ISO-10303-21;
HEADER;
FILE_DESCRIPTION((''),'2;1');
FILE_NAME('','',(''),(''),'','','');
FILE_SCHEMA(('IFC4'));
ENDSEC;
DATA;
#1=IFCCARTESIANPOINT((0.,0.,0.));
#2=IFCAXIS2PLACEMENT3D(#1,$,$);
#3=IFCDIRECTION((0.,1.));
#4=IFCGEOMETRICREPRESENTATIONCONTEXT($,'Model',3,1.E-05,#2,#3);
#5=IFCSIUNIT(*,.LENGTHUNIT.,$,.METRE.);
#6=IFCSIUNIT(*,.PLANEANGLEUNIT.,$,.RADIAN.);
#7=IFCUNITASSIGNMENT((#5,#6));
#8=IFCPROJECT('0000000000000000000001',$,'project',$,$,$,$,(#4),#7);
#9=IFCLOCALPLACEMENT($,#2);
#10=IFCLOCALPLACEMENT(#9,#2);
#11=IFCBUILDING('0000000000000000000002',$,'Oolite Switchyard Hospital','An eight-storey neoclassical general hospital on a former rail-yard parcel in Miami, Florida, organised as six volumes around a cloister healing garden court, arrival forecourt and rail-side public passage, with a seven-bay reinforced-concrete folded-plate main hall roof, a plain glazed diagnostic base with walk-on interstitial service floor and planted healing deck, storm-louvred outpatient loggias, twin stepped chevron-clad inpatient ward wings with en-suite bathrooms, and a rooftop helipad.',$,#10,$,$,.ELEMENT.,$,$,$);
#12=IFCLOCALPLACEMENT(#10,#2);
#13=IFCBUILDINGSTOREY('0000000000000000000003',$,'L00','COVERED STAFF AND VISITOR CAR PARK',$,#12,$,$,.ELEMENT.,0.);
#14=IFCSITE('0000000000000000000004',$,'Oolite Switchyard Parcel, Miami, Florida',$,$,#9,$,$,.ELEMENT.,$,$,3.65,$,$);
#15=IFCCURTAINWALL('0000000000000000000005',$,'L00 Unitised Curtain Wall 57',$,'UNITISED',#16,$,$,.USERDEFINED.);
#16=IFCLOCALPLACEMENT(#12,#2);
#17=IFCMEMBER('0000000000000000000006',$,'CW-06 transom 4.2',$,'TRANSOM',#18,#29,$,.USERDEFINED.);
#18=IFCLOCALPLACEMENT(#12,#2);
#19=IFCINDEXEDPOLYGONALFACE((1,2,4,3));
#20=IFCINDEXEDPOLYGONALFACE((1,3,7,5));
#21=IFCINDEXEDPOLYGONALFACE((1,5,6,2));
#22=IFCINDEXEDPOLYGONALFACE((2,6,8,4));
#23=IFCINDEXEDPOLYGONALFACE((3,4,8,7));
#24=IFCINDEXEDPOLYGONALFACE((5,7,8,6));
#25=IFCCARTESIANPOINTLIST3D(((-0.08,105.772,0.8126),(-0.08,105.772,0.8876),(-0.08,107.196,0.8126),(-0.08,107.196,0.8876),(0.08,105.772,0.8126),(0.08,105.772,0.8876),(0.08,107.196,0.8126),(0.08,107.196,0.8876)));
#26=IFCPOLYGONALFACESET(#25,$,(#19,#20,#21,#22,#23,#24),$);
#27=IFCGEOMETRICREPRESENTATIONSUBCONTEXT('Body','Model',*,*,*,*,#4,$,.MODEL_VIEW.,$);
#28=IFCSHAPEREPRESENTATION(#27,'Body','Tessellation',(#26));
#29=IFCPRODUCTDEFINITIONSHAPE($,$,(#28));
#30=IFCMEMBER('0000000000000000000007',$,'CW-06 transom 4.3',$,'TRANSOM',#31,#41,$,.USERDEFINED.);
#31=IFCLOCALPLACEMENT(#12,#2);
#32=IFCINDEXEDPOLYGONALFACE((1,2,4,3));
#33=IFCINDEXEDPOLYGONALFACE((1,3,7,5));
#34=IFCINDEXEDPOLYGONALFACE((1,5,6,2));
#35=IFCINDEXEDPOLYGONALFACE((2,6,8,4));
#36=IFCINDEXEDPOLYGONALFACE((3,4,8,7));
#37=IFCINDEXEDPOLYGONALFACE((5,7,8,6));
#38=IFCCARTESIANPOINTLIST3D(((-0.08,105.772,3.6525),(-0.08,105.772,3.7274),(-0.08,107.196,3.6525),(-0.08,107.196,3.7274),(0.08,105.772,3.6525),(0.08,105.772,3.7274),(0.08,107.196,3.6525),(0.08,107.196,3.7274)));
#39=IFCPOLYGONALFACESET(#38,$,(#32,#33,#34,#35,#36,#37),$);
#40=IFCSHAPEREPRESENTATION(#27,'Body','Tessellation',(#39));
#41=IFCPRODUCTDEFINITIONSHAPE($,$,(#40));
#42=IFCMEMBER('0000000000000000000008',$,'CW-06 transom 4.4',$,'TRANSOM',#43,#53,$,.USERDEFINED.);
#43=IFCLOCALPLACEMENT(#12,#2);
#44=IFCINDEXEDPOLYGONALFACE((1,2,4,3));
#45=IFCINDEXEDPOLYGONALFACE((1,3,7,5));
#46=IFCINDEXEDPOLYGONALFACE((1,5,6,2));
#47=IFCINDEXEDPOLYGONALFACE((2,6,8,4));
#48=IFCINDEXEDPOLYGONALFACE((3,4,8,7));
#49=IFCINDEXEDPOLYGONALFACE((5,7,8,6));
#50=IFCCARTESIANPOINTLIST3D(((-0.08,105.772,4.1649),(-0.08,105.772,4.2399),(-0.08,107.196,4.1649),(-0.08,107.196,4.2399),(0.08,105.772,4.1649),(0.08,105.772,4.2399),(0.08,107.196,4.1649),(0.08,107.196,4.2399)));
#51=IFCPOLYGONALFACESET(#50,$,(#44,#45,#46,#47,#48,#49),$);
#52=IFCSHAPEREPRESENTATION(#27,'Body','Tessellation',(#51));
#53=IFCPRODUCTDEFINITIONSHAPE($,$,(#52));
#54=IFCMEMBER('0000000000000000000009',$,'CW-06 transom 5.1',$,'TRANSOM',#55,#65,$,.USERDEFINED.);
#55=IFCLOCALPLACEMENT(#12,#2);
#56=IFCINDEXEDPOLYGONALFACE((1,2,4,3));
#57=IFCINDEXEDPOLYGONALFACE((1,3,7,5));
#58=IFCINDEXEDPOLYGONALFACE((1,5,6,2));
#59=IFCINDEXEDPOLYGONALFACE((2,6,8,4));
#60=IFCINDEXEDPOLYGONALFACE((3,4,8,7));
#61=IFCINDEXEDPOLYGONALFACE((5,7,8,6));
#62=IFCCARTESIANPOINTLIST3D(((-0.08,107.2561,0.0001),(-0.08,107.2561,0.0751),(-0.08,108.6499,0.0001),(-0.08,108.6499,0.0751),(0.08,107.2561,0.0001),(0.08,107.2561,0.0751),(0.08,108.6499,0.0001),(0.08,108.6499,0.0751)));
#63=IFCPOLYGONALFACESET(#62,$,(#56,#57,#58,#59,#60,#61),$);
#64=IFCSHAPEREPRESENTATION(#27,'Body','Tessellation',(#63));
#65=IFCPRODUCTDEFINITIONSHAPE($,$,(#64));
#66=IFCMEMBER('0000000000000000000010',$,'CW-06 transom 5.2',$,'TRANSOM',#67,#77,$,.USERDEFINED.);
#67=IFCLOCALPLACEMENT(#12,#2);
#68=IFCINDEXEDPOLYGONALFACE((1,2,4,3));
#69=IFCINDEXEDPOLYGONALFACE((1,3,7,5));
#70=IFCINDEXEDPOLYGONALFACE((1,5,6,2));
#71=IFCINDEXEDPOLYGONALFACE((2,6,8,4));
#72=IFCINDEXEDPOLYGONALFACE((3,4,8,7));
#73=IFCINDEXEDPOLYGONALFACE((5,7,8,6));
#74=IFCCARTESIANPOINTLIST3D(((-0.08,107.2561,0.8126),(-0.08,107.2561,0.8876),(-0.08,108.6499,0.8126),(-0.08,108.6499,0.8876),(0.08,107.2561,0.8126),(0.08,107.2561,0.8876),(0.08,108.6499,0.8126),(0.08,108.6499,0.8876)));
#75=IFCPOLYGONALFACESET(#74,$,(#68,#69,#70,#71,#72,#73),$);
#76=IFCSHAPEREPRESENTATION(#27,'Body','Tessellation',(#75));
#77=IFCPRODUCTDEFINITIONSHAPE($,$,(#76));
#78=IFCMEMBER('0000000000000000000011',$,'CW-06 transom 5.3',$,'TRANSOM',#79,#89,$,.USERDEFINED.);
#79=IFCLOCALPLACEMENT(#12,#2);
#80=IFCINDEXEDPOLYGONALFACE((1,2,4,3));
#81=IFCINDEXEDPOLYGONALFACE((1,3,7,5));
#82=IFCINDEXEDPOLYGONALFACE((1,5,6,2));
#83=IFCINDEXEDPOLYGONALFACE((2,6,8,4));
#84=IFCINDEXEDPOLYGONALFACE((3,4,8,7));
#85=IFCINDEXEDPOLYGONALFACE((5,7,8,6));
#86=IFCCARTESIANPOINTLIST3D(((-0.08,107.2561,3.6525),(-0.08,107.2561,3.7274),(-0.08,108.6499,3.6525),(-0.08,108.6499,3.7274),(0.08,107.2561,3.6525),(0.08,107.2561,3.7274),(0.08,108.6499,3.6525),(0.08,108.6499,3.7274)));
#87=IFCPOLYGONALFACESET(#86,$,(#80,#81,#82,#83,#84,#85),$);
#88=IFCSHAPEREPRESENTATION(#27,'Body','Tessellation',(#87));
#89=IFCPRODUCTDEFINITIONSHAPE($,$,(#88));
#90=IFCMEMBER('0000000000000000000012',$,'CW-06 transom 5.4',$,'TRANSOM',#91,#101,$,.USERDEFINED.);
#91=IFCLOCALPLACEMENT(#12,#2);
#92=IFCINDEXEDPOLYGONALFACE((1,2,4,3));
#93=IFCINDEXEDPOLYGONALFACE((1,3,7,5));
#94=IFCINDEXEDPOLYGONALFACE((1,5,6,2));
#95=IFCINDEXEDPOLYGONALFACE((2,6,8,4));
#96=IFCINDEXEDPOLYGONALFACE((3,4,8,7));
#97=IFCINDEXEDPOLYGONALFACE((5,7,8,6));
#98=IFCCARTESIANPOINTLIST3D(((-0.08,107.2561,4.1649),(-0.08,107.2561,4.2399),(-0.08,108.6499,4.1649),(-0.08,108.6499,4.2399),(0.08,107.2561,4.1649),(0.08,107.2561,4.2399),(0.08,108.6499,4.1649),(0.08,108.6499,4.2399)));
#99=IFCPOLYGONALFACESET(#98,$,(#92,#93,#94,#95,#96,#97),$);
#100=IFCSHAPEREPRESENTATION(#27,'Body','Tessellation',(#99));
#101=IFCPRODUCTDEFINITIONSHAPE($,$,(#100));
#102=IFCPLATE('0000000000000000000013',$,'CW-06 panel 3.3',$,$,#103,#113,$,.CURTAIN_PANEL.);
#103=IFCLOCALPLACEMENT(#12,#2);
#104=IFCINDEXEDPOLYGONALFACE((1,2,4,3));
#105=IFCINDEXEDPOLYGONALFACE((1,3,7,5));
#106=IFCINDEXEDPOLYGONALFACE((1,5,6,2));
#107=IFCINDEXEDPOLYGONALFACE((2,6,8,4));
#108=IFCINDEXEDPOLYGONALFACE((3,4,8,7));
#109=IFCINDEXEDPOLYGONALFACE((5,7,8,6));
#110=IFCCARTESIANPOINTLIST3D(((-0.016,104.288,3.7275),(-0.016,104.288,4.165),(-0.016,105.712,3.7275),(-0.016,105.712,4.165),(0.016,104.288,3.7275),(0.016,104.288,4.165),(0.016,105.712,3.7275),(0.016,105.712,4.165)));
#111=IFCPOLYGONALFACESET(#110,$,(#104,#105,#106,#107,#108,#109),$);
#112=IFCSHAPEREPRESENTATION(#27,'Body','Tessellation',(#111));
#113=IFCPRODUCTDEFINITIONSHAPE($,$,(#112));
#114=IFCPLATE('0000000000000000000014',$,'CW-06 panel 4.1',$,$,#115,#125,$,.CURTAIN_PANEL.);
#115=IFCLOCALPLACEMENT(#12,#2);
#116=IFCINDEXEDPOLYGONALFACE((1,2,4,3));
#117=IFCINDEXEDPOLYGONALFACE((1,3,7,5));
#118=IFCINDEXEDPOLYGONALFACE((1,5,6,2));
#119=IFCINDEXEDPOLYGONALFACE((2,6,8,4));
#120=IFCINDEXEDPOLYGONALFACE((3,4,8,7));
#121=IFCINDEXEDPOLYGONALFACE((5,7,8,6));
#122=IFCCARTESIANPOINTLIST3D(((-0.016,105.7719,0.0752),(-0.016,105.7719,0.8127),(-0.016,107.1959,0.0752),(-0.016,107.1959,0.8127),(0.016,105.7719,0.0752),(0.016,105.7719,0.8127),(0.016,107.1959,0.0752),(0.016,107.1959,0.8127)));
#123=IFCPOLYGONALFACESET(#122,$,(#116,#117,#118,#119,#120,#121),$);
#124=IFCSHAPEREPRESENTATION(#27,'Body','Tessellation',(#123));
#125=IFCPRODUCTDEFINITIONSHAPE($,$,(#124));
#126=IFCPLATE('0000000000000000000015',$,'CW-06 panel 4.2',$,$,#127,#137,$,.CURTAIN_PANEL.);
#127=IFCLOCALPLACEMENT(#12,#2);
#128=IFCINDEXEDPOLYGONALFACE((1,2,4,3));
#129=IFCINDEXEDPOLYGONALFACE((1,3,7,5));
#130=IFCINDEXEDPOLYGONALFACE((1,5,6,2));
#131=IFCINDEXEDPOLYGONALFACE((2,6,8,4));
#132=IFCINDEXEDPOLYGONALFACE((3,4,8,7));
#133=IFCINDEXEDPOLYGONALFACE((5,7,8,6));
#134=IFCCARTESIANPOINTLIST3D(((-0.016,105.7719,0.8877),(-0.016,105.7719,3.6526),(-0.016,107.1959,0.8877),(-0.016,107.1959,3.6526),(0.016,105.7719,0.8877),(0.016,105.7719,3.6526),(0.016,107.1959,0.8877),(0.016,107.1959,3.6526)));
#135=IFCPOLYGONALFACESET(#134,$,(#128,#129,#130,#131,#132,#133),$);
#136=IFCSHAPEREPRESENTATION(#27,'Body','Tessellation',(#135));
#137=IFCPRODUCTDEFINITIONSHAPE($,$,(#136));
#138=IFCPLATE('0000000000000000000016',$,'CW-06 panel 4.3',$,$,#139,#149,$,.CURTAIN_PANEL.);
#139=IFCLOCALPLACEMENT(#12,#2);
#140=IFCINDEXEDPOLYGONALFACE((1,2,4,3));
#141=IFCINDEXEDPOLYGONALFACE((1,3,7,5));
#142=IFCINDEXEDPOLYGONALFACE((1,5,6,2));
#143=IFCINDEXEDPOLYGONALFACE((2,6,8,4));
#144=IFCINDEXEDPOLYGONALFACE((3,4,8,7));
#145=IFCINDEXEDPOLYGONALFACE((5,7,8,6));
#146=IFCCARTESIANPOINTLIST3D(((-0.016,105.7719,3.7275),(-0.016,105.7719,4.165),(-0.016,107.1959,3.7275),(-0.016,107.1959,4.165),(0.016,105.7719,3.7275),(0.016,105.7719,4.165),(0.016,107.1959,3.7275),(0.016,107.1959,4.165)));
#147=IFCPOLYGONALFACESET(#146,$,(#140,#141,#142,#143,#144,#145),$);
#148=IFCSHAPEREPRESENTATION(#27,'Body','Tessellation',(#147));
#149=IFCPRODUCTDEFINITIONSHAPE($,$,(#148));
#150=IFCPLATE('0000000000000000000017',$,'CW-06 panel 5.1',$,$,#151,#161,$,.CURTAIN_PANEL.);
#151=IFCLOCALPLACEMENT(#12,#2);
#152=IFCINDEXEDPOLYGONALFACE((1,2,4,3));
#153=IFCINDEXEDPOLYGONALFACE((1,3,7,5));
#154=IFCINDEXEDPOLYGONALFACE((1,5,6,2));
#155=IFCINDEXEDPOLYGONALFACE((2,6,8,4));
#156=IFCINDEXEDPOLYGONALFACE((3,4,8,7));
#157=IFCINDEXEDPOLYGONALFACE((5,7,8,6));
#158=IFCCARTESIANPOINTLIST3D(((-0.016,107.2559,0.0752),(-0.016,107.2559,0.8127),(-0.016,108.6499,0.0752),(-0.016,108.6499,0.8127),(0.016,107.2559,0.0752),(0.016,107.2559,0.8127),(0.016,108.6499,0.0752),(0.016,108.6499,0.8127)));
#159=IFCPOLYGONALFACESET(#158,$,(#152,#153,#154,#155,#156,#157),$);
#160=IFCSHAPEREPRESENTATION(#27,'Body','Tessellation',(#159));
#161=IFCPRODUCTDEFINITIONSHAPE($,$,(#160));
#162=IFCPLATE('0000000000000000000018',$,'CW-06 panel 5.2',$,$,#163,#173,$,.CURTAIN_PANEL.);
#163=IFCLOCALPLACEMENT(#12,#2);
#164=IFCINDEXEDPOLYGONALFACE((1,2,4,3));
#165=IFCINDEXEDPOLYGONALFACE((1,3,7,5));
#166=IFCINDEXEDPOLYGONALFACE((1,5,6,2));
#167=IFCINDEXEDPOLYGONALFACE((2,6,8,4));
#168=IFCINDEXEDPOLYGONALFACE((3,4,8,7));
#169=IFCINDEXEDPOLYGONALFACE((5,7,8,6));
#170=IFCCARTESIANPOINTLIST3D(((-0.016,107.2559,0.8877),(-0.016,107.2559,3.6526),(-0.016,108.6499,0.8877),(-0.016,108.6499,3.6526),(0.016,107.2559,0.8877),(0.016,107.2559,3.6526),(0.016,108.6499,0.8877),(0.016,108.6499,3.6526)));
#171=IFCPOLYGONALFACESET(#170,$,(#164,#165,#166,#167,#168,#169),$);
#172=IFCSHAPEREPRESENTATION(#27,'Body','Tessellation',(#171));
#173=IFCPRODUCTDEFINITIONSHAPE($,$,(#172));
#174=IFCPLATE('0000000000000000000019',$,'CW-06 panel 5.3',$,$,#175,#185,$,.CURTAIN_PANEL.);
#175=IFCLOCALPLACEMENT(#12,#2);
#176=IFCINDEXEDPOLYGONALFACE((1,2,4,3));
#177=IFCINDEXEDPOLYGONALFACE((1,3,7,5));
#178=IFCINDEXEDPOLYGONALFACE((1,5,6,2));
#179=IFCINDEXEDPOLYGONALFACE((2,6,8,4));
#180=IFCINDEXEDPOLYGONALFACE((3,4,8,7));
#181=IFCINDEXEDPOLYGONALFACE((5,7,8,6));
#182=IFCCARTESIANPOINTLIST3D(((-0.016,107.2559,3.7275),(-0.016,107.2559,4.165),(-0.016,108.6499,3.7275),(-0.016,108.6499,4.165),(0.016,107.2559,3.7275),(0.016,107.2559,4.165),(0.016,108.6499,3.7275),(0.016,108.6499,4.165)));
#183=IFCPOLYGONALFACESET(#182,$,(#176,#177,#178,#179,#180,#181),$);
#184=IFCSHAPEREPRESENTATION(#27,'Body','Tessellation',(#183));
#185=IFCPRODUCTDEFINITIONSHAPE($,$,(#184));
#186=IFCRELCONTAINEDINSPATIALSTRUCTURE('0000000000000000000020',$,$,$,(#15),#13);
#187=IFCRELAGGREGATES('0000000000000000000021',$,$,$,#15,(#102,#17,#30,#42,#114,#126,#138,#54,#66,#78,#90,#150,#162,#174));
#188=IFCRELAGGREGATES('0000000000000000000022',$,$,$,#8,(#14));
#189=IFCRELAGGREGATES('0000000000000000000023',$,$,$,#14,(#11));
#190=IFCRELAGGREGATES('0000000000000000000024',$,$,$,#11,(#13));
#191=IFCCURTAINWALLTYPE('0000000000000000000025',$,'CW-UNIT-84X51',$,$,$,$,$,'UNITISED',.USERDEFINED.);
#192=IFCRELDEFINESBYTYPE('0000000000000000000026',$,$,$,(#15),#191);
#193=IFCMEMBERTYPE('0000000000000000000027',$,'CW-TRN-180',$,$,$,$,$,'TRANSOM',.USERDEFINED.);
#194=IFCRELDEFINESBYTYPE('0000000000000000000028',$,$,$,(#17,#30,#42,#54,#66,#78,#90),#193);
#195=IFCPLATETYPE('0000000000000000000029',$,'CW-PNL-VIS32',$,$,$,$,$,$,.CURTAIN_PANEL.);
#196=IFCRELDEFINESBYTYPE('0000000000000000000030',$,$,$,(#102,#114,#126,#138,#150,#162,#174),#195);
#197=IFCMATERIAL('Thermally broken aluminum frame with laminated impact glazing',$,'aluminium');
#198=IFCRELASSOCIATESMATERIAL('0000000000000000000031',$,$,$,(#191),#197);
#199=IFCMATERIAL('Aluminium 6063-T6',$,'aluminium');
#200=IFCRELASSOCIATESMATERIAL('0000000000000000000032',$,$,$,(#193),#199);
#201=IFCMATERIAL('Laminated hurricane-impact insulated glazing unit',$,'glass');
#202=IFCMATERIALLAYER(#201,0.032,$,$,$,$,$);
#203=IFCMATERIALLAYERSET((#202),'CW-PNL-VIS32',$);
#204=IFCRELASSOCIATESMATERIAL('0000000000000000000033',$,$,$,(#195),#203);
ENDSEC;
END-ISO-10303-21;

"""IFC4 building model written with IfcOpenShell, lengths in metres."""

from ifc_helpers import new_model, si_unit, direction, frame, origin, origin_2d, place, context, subcontext, project, spatial, rectangle, extrude, material, layer, layer_set, material_profile, profile_set, type_object, element, aggregate, save


model = new_model("IFC4")

# Units and contexts
model_context = context("Model", 3, precision=1e-05, world=origin(), true_north=direction((0.0, 1.0)))
body_context = subcontext(model_context, "Body", "Model", "MODEL_VIEW")
ifc_project = project(units=[si_unit("LENGTHUNIT", "METRE"), si_unit("PLANEANGLEUNIT", "RADIAN")], contexts=[model_context])

# Site, building, storey
site_placement = place(None, origin())
site = spatial("IfcSite", under=ifc_project, at=site_placement, Name="Oolite Switchyard Parcel, Miami, Florida", CompositionType="ELEMENT", RefElevation=3.65)
building_placement = place(site_placement, origin())
building = spatial("IfcBuilding", under=site, at=building_placement, Name="Oolite Switchyard Hospital", Description="An eight-storey neoclassical general hospital on a former rail-yard parcel in Miami, Florida, organised as six volumes around a cloister healing garden court, arrival forecourt and rail-side public passage, with a seven-bay reinforced-concrete folded-plate main hall roof, a plain glazed diagnostic base with walk-on interstitial service floor and planted healing deck, storm-louvred outpatient loggias, twin stepped chevron-clad inpatient ward wings with en-suite bathrooms, and a rooftop helipad.", CompositionType="ELEMENT")
storey_placement = place(building_placement, origin())
storey = spatial("IfcBuildingStorey", under=building, at=storey_placement, Name="L00", Description="COVERED STAFF AND VISITOR CAR PARK", CompositionType="ELEMENT", Elevation=0.0)

# Curtain wall, members, plates
ifc_material_1 = material(Name="Thermally broken aluminum frame with laminated impact glazing", Category="aluminium")
curtain_wall_type = type_object("IfcCurtainWallType", Name="CW-UNIT-84X51", ElementType="UNITISED", PredefinedType="USERDEFINED", material=ifc_material_1)
curtain_wall_placement = place(storey_placement, origin())
curtain_wall = element("IfcCurtainWall", 1, at=curtain_wall_placement, inside=storey, type_object=curtain_wall_type, Name="L00 Unitised Curtain Wall 57", ObjectType="UNITISED", PredefinedType="USERDEFINED")
ifc_material_2 = material(Name="Aluminium 6063-T6", Category="aluminium")
ifc_material_profile_1 = material_profile(ifc_material_2, rectangle(XDim=0.1599, YDim=0.075, at=origin_2d()), Name="CWT75X160")
ifc_profile_set_1 = profile_set([ifc_material_profile_1], Name="Aluminium 6063-T6")
member_type_1 = type_object("IfcMemberType", Name="CW-TRN-180", ElementType="TRANSOM", PredefinedType="USERDEFINED", material=ifc_profile_set_1)
member_1_placement = place(storey_placement, frame((0.0, 105.772, 0.8501), z_axis=(0.0, 1.0, 0.0), x_axis=(-1.0, 0.0, 0.0)))
member_1 = element("IfcMember", 2, at=member_1_placement, type_object=member_type_1, Name="CW-06 transom 4.2", ObjectType="TRANSOM", PredefinedType="USERDEFINED", context=body_context, shape_type="SweptSolid", body=[
    extrude(rectangle(XDim=0.1599, YDim=0.075, at=origin_2d()), origin(), (0.0, 0.0, 1.0), 1.4241),
])
member_2_placement = place(storey_placement, frame((0.0, 105.772, 3.6899), z_axis=(0.0, 1.0, 0.0), x_axis=(-1.0, 0.0, 0.0)))
member_2 = element("IfcMember", 3, at=member_2_placement, type_object=member_type_1, Name="CW-06 transom 4.3", ObjectType="TRANSOM", PredefinedType="USERDEFINED", context=body_context, shape_type="SweptSolid", body=[
    extrude(rectangle(XDim=0.1599, YDim=0.075, at=origin_2d()), origin(), (0.0, 0.0, 1.0), 1.4241),
])
member_3_placement = place(storey_placement, frame((0.0, 105.772, 4.2024), z_axis=(0.0, 1.0, 0.0), x_axis=(-1.0, 0.0, 0.0)))
member_3 = element("IfcMember", 4, at=member_3_placement, type_object=member_type_1, Name="CW-06 transom 4.4", ObjectType="TRANSOM", PredefinedType="USERDEFINED", context=body_context, shape_type="SweptSolid", body=[
    extrude(rectangle(XDim=0.1599, YDim=0.075, at=origin_2d()), origin(), (0.0, 0.0, 1.0), 1.4241),
])
member_4_placement = place(storey_placement, frame((0.0, 107.2561, 0.0376), z_axis=(0.0, 1.0, 0.0), x_axis=(-1.0, 0.0, 0.0)))
member_4 = element("IfcMember", 5, at=member_4_placement, type_object=member_type_1, Name="CW-06 transom 5.1", ObjectType="TRANSOM", PredefinedType="USERDEFINED", context=body_context, shape_type="SweptSolid", body=[
    extrude(rectangle(XDim=0.1599, YDim=0.075, at=origin_2d()), origin(), (0.0, 0.0, 1.0), 1.3938),
])
member_5_placement = place(storey_placement, frame((0.0, 107.2561, 0.8501), z_axis=(0.0, 1.0, 0.0), x_axis=(-1.0, 0.0, 0.0)))
member_5 = element("IfcMember", 6, at=member_5_placement, type_object=member_type_1, Name="CW-06 transom 5.2", ObjectType="TRANSOM", PredefinedType="USERDEFINED", context=body_context, shape_type="SweptSolid", body=[
    extrude(rectangle(XDim=0.1599, YDim=0.075, at=origin_2d()), origin(), (0.0, 0.0, 1.0), 1.3938),
])
member_6_placement = place(storey_placement, frame((0.0, 107.2561, 3.6899), z_axis=(0.0, 1.0, 0.0), x_axis=(-1.0, 0.0, 0.0)))
member_6 = element("IfcMember", 7, at=member_6_placement, type_object=member_type_1, Name="CW-06 transom 5.3", ObjectType="TRANSOM", PredefinedType="USERDEFINED", context=body_context, shape_type="SweptSolid", body=[
    extrude(rectangle(XDim=0.1599, YDim=0.075, at=origin_2d()), origin(), (0.0, 0.0, 1.0), 1.3938),
])
member_7_placement = place(storey_placement, frame((0.0, 107.2561, 4.2024), z_axis=(0.0, 1.0, 0.0), x_axis=(-1.0, 0.0, 0.0)))
member_7 = element("IfcMember", 8, at=member_7_placement, type_object=member_type_1, Name="CW-06 transom 5.4", ObjectType="TRANSOM", PredefinedType="USERDEFINED", context=body_context, shape_type="SweptSolid", body=[
    extrude(rectangle(XDim=0.1599, YDim=0.075, at=origin_2d()), origin(), (0.0, 0.0, 1.0), 1.3938),
])
ifc_material_3 = material(Name="Laminated hurricane-impact insulated glazing unit", Category="glass")
ifc_layer_1 = layer(ifc_material_3, 0.032)
ifc_layer_set_1 = layer_set([ifc_layer_1], Name="CW-PNL-VIS32")
plate_type = type_object("IfcPlateType", Name="CW-PNL-VIS32", PredefinedType="CURTAIN_PANEL", material=ifc_layer_set_1)
plate_1_placement = place(storey_placement, frame((0.0, 105.0, 3.7275), z_axis=(0.0, 0.0, 1.0), x_axis=(0.0, 1.0, 0.0)))
plate_1 = element("IfcPlate", 9, at=plate_1_placement, type_object=plate_type, Name="CW-06 panel 3.3", PredefinedType="CURTAIN_PANEL", context=body_context, shape_type="SweptSolid", body=[
    extrude(rectangle(XDim=1.4241, YDim=0.032, at=origin_2d()), origin(), (0.0, 0.0, 1.0), 0.4375),
])
plate_2_placement = place(storey_placement, frame((0.0, 106.4839, 0.0752), z_axis=(0.0, 0.0, 1.0), x_axis=(0.0, 1.0, 0.0)))
plate_2 = element("IfcPlate", 10, at=plate_2_placement, type_object=plate_type, Name="CW-06 panel 4.1", PredefinedType="CURTAIN_PANEL", context=body_context, shape_type="SweptSolid", body=[
    extrude(rectangle(XDim=1.4241, YDim=0.032, at=origin_2d()), origin(), (0.0, 0.0, 1.0), 0.7375),
])
plate_3_placement = place(storey_placement, frame((0.0, 106.4839, 0.8877), z_axis=(0.0, 0.0, 1.0), x_axis=(0.0, 1.0, 0.0)))
plate_3 = element("IfcPlate", 11, at=plate_3_placement, type_object=plate_type, Name="CW-06 panel 4.2", PredefinedType="CURTAIN_PANEL", context=body_context, shape_type="SweptSolid", body=[
    extrude(rectangle(XDim=1.4241, YDim=0.032, at=origin_2d()), origin(), (0.0, 0.0, 1.0), 2.7649),
])
plate_4_placement = place(storey_placement, frame((0.0, 106.4839, 3.7275), z_axis=(0.0, 0.0, 1.0), x_axis=(0.0, 1.0, 0.0)))
plate_4 = element("IfcPlate", 12, at=plate_4_placement, type_object=plate_type, Name="CW-06 panel 4.3", PredefinedType="CURTAIN_PANEL", context=body_context, shape_type="SweptSolid", body=[
    extrude(rectangle(XDim=1.4241, YDim=0.032, at=origin_2d()), origin(), (0.0, 0.0, 1.0), 0.4375),
])
plate_5_placement = place(storey_placement, frame((0.0, 107.9529, 0.0752), z_axis=(0.0, 0.0, 1.0), x_axis=(0.0, 1.0, 0.0)))
plate_5 = element("IfcPlate", 13, at=plate_5_placement, type_object=plate_type, Name="CW-06 panel 5.1", PredefinedType="CURTAIN_PANEL", context=body_context, shape_type="SweptSolid", body=[
    extrude(rectangle(XDim=1.394, YDim=0.032, at=origin_2d()), origin(), (0.0, 0.0, 1.0), 0.7375),
])
plate_6_placement = place(storey_placement, frame((0.0, 107.9529, 0.8877), z_axis=(0.0, 0.0, 1.0), x_axis=(0.0, 1.0, 0.0)))
plate_6 = element("IfcPlate", 14, at=plate_6_placement, type_object=plate_type, Name="CW-06 panel 5.2", PredefinedType="CURTAIN_PANEL", context=body_context, shape_type="SweptSolid", body=[
    extrude(rectangle(XDim=1.394, YDim=0.032, at=origin_2d()), origin(), (0.0, 0.0, 1.0), 2.7649),
])
plate_7_placement = place(storey_placement, frame((0.0, 107.9529, 3.7275), z_axis=(0.0, 0.0, 1.0), x_axis=(0.0, 1.0, 0.0)))
plate_7 = element("IfcPlate", 15, at=plate_7_placement, type_object=plate_type, Name="CW-06 panel 5.3", PredefinedType="CURTAIN_PANEL", context=body_context, shape_type="SweptSolid", body=[
    extrude(rectangle(XDim=1.394, YDim=0.032, at=origin_2d()), origin(), (0.0, 0.0, 1.0), 0.4375),
])
aggregate(curtain_wall, [plate_1, member_1, member_2, member_3, plate_2, plate_3, plate_4, member_4, member_5, member_6, member_7, plate_5, plate_6, plate_7])

save(model, "model.ifc")
